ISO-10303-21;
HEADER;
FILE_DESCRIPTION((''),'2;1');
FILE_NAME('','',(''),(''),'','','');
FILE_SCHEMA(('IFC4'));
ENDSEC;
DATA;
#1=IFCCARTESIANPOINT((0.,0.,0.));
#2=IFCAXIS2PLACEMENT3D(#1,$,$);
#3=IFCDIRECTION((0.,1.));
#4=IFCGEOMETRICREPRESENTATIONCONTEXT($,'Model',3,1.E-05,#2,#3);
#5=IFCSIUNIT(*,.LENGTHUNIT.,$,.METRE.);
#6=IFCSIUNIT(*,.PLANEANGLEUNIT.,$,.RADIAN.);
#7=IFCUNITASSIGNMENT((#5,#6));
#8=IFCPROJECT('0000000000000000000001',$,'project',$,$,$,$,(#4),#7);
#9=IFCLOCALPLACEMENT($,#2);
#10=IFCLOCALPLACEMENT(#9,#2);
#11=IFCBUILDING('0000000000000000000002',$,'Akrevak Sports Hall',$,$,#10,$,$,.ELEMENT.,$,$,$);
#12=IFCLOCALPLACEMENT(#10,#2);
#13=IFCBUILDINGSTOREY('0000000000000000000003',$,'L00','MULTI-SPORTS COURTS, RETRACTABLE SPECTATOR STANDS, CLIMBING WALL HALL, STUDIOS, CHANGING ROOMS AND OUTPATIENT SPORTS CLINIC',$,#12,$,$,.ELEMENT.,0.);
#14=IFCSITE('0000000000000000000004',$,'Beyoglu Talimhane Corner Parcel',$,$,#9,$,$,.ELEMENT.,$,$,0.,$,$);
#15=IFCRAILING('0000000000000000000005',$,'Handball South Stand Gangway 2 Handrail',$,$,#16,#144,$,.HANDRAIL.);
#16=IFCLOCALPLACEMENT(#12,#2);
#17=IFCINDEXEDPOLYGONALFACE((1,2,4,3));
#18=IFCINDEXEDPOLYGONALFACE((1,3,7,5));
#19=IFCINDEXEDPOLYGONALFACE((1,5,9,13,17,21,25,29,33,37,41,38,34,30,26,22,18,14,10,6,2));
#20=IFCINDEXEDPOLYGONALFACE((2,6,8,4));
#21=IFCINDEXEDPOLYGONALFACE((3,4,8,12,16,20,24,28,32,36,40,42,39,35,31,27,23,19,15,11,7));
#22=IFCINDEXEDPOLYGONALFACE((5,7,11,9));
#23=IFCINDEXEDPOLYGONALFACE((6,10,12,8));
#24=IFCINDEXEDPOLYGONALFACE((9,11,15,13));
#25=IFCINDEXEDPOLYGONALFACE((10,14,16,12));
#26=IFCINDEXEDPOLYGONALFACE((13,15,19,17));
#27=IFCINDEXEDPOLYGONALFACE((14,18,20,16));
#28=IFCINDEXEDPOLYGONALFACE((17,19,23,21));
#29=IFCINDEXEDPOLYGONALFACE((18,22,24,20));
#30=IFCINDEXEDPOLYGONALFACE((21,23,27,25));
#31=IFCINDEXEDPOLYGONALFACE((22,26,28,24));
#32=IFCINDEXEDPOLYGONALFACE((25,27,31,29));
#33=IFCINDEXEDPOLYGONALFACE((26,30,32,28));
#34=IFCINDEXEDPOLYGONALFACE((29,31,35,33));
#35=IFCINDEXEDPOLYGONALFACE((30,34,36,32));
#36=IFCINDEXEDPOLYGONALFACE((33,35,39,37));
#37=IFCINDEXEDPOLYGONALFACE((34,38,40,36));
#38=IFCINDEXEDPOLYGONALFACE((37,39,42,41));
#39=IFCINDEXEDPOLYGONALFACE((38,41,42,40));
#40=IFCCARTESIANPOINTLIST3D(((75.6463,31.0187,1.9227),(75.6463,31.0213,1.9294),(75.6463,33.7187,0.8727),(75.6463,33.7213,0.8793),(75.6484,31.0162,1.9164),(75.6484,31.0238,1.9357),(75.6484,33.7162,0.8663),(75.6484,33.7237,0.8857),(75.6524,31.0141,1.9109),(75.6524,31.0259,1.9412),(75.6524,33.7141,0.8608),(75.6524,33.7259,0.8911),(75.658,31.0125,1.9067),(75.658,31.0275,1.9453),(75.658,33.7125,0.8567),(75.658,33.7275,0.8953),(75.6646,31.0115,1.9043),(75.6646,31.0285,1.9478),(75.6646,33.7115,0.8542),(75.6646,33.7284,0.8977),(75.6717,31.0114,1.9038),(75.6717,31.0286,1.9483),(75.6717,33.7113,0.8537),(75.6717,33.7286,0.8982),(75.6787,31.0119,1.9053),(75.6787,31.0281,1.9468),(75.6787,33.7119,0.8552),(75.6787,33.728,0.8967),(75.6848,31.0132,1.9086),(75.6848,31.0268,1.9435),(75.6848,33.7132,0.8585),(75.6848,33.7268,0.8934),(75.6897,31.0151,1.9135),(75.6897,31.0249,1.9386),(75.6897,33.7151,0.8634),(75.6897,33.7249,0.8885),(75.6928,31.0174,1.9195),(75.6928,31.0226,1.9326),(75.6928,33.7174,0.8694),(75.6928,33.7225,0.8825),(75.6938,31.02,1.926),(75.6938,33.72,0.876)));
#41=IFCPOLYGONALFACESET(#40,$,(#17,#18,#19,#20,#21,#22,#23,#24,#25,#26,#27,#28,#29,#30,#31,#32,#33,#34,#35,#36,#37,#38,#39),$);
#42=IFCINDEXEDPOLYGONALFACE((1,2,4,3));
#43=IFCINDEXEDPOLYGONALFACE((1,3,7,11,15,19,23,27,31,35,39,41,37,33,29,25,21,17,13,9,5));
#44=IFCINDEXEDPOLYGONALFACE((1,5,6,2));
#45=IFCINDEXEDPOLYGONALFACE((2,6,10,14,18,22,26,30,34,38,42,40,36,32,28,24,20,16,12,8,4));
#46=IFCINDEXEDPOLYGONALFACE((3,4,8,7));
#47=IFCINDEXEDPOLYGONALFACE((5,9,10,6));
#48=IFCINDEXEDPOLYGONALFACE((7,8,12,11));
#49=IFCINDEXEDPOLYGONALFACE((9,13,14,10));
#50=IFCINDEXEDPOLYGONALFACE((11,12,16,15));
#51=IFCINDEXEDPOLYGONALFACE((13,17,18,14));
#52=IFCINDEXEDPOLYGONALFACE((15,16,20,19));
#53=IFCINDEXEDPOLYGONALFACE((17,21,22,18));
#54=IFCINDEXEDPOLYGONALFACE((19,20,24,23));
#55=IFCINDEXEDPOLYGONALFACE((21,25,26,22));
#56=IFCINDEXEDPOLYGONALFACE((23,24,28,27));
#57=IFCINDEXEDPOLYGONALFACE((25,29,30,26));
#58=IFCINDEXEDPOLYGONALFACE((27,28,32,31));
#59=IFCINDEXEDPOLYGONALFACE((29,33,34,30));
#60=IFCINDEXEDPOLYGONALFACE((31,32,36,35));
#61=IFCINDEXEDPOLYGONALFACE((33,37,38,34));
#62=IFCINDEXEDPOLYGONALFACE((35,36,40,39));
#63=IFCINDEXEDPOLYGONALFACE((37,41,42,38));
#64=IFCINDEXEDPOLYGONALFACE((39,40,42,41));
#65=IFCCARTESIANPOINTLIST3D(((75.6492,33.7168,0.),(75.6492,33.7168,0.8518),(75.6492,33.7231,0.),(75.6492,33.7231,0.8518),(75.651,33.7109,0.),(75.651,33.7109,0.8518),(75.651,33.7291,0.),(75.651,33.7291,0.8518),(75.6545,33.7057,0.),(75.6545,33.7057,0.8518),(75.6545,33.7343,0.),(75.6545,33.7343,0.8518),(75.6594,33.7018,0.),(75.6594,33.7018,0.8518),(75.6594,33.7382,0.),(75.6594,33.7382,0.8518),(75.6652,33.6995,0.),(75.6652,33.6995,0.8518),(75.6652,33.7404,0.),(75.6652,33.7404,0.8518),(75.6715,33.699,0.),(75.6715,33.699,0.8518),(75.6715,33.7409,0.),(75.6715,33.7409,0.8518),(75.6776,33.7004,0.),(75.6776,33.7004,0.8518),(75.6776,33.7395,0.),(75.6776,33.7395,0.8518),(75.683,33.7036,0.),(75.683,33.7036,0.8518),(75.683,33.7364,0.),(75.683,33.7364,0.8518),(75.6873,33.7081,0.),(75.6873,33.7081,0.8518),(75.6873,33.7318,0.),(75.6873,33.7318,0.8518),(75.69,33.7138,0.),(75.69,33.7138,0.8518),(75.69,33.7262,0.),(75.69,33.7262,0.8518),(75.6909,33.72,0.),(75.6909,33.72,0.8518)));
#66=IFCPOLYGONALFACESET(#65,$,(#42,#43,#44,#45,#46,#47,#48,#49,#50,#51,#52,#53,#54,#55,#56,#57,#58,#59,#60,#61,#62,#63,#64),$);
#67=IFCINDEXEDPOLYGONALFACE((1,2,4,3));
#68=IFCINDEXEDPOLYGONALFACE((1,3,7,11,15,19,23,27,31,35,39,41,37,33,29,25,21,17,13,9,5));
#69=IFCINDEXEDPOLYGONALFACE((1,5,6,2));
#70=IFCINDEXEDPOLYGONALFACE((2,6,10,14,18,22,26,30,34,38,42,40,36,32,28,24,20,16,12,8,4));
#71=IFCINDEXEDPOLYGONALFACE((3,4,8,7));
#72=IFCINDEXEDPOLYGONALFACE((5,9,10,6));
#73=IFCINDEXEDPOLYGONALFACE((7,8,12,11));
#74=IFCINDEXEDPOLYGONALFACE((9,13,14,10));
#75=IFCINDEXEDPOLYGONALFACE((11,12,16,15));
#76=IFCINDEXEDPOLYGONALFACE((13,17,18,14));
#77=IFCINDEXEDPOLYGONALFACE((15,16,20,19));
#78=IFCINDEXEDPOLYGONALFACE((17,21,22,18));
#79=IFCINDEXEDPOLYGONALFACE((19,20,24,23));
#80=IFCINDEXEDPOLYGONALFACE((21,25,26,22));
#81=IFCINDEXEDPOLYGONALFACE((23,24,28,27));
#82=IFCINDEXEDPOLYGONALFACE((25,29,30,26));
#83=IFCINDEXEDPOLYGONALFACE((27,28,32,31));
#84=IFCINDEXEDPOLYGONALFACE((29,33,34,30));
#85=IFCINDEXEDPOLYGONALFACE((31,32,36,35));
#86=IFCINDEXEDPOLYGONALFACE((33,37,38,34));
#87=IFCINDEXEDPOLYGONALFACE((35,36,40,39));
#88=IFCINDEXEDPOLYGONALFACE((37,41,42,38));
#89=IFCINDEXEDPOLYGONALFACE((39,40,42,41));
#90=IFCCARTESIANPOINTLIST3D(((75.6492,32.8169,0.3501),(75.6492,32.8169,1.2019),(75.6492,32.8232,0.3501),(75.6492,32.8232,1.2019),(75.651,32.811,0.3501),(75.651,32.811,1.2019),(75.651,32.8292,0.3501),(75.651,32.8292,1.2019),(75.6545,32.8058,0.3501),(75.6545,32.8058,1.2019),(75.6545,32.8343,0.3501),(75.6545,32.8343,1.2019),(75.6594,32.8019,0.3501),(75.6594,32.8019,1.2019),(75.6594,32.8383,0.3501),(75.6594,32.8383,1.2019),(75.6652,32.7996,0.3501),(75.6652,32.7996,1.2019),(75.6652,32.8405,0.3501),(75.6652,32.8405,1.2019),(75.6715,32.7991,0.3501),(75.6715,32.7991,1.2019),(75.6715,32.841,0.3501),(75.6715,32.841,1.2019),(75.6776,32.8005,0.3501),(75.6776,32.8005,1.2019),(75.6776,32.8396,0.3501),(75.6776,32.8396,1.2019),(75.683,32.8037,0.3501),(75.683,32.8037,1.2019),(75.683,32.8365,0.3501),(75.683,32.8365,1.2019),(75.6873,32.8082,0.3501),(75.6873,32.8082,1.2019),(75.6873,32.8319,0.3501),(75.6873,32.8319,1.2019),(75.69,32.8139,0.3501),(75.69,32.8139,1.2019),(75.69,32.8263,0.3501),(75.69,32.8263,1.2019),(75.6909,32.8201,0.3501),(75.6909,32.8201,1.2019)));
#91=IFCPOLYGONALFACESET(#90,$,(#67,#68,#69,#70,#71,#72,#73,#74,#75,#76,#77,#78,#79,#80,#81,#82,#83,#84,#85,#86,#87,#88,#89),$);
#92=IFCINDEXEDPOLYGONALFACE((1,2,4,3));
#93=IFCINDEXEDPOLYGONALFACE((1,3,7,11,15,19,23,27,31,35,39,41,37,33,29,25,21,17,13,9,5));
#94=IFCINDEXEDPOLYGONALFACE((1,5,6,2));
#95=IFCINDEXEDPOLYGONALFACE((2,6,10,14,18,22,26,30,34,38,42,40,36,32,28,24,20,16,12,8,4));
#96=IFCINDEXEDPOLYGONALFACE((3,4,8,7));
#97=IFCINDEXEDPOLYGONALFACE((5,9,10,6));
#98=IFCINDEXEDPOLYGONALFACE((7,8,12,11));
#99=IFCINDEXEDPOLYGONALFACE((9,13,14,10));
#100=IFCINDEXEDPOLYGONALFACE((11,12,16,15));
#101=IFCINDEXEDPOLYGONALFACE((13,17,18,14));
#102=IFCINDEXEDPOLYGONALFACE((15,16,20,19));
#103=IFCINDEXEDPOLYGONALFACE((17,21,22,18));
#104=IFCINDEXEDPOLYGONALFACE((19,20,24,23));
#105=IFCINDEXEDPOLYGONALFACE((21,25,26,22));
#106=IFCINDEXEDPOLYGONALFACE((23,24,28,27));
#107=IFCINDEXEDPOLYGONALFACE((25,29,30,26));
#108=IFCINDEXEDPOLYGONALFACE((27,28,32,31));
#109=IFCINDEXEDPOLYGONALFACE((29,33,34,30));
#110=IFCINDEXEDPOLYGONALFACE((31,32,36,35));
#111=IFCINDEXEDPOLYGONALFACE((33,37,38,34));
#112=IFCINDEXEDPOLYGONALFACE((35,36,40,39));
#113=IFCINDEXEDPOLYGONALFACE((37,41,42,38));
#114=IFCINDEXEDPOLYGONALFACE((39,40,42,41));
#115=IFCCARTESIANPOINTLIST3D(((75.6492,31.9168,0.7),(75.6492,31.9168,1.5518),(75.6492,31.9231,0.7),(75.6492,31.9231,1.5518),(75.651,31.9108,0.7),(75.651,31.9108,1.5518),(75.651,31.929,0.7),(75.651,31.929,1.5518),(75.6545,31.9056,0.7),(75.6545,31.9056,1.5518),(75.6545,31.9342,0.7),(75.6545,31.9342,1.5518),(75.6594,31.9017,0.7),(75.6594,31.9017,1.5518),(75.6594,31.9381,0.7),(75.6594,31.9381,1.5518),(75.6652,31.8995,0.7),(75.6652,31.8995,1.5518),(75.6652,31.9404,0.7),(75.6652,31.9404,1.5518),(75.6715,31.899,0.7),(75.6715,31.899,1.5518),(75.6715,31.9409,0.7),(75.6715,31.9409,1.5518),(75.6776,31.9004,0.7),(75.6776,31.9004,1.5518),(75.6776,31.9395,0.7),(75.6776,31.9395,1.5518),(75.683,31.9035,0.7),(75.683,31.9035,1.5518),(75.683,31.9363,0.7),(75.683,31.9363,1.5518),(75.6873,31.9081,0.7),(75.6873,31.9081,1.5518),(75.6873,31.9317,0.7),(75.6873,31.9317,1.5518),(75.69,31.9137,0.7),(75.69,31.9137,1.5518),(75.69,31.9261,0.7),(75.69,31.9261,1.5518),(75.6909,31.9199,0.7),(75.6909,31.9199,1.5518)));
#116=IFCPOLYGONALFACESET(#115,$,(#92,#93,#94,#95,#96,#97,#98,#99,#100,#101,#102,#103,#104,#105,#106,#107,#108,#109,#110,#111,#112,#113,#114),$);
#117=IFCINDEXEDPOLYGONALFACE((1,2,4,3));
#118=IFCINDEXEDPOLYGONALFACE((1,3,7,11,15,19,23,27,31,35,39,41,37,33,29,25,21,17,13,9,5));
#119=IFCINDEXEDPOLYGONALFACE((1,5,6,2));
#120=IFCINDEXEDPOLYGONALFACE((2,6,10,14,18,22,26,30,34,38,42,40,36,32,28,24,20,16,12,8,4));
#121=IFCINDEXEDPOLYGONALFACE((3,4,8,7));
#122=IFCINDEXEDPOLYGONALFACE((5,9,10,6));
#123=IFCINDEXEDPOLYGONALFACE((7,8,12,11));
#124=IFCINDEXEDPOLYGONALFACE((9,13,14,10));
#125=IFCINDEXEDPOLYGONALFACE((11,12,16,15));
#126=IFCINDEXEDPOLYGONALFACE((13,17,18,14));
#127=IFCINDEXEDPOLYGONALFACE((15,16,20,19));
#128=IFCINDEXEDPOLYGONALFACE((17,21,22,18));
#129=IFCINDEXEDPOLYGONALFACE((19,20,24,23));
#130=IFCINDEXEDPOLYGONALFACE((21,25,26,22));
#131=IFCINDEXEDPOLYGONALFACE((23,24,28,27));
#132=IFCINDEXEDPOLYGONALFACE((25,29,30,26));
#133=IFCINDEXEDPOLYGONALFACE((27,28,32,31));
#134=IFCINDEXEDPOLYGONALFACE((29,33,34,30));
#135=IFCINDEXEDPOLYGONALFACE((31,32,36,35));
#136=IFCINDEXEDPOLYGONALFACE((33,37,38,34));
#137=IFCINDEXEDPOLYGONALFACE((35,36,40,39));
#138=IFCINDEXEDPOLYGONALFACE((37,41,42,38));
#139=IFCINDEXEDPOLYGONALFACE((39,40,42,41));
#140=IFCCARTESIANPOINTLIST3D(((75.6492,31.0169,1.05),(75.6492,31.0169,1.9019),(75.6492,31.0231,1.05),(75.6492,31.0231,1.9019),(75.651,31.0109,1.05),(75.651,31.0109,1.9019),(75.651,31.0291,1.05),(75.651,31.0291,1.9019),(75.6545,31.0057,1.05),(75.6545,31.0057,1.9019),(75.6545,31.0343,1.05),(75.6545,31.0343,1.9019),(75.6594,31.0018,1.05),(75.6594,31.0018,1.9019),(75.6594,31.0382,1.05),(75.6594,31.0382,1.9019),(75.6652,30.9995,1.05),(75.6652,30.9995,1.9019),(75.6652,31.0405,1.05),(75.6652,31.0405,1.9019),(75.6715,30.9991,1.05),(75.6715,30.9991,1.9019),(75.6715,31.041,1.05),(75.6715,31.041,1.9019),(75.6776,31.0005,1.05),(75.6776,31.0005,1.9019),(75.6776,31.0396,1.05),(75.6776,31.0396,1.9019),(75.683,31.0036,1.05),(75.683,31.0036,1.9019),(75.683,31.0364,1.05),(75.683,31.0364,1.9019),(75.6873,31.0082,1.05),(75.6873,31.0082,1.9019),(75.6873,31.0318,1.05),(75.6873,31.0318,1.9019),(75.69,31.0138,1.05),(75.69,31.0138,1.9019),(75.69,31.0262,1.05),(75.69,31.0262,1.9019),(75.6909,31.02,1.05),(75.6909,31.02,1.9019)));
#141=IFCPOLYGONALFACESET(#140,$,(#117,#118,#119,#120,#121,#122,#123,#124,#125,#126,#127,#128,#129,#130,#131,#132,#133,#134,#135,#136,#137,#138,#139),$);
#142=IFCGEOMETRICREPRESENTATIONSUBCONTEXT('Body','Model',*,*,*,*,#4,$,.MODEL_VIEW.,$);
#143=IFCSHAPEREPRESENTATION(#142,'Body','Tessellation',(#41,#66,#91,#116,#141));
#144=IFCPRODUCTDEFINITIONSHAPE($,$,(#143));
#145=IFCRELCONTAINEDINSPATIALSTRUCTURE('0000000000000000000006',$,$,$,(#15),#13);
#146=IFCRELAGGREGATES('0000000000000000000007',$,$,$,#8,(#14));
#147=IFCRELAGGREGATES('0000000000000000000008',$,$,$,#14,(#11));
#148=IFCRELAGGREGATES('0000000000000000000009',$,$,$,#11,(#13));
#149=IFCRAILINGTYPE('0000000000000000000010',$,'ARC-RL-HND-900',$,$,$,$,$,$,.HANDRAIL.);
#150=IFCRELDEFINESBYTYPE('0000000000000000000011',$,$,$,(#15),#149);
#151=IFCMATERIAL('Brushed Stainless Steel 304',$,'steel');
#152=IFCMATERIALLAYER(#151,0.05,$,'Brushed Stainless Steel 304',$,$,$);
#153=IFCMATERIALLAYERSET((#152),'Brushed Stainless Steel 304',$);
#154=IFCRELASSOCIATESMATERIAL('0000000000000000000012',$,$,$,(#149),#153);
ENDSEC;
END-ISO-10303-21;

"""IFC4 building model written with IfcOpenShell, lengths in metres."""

from ifc_helpers import new_model, si_unit, direction, frame, origin, origin_2d, place, context, subcontext, project, spatial, circle, extrude, material, layer, layer_set, type_object, element, save


model = new_model("IFC4")

# Units and contexts
model_context = context("Model", 3, precision=1e-05, world=origin(), true_north=direction((0.0, 1.0)))
body_context = subcontext(model_context, "Body", "Model", "MODEL_VIEW")
ifc_project = project(units=[si_unit("LENGTHUNIT", "METRE"), si_unit("PLANEANGLEUNIT", "RADIAN")], contexts=[model_context])

# Site, building, storey
site_placement = place(None, origin())
site = spatial("IfcSite", under=ifc_project, at=site_placement, Name="Beyoglu Talimhane Corner Parcel", CompositionType="ELEMENT", RefElevation=0.0)
building_placement = place(site_placement, origin())
building = spatial("IfcBuilding", under=site, at=building_placement, Name="Akrevak Sports Hall", CompositionType="ELEMENT")
storey_placement = place(building_placement, origin())
storey = spatial("IfcBuildingStorey", under=building, at=storey_placement, Name="L00", Description="MULTI-SPORTS COURTS, RETRACTABLE SPECTATOR STANDS, CLIMBING WALL HALL, STUDIOS, CHANGING ROOMS AND OUTPATIENT SPORTS CLINIC", CompositionType="ELEMENT", Elevation=0.0)

# Railing
ifc_material_1 = material(Name="Brushed Stainless Steel 304", Category="steel")
ifc_layer_1 = layer(ifc_material_1, 0.05, Name="Brushed Stainless Steel 304")
ifc_layer_set_1 = layer_set([ifc_layer_1], Name="Brushed Stainless Steel 304")
railing_type_1 = type_object("IfcRailingType", Name="ARC-RL-HND-900", PredefinedType="HANDRAIL", material=ifc_layer_set_1)
railing_1_placement = place(storey_placement, frame((75.6699, 33.72, 0.0)))
element("IfcRailing", 1, at=railing_1_placement, inside=storey, type_object=railing_type_1, Name="Handball South Stand Gangway 2 Handrail", PredefinedType="HANDRAIL", context=body_context, shape_type="SweptSolid", body=[
    extrude(circle(Radius=0.0239, at=origin_2d()), frame((0.0, 0.0, 0.876), z_axis=(0.0, -0.931997, 0.362467), x_axis=(1.0, 0.0, 0.0)), (0.0, 0.0, 1.0), 2.897),
    extrude(circle(Radius=0.021, at=origin_2d()), origin(), (0.0, 0.0, 1.0), 0.8518),
    extrude(circle(Radius=0.021, at=origin_2d()), frame((0.0, -0.8999, 0.3501)), (0.0, 0.0, 1.0), 0.8518),
    extrude(circle(Radius=0.021, at=origin_2d()), frame((0.0, -1.8, 0.7)), (0.0, 0.0, 1.0), 0.8518),
    extrude(circle(Radius=0.021, at=origin_2d()), frame((0.0, -2.7, 1.05)), (0.0, 0.0, 1.0), 0.8518),
])

save(model, "model.ifc")
